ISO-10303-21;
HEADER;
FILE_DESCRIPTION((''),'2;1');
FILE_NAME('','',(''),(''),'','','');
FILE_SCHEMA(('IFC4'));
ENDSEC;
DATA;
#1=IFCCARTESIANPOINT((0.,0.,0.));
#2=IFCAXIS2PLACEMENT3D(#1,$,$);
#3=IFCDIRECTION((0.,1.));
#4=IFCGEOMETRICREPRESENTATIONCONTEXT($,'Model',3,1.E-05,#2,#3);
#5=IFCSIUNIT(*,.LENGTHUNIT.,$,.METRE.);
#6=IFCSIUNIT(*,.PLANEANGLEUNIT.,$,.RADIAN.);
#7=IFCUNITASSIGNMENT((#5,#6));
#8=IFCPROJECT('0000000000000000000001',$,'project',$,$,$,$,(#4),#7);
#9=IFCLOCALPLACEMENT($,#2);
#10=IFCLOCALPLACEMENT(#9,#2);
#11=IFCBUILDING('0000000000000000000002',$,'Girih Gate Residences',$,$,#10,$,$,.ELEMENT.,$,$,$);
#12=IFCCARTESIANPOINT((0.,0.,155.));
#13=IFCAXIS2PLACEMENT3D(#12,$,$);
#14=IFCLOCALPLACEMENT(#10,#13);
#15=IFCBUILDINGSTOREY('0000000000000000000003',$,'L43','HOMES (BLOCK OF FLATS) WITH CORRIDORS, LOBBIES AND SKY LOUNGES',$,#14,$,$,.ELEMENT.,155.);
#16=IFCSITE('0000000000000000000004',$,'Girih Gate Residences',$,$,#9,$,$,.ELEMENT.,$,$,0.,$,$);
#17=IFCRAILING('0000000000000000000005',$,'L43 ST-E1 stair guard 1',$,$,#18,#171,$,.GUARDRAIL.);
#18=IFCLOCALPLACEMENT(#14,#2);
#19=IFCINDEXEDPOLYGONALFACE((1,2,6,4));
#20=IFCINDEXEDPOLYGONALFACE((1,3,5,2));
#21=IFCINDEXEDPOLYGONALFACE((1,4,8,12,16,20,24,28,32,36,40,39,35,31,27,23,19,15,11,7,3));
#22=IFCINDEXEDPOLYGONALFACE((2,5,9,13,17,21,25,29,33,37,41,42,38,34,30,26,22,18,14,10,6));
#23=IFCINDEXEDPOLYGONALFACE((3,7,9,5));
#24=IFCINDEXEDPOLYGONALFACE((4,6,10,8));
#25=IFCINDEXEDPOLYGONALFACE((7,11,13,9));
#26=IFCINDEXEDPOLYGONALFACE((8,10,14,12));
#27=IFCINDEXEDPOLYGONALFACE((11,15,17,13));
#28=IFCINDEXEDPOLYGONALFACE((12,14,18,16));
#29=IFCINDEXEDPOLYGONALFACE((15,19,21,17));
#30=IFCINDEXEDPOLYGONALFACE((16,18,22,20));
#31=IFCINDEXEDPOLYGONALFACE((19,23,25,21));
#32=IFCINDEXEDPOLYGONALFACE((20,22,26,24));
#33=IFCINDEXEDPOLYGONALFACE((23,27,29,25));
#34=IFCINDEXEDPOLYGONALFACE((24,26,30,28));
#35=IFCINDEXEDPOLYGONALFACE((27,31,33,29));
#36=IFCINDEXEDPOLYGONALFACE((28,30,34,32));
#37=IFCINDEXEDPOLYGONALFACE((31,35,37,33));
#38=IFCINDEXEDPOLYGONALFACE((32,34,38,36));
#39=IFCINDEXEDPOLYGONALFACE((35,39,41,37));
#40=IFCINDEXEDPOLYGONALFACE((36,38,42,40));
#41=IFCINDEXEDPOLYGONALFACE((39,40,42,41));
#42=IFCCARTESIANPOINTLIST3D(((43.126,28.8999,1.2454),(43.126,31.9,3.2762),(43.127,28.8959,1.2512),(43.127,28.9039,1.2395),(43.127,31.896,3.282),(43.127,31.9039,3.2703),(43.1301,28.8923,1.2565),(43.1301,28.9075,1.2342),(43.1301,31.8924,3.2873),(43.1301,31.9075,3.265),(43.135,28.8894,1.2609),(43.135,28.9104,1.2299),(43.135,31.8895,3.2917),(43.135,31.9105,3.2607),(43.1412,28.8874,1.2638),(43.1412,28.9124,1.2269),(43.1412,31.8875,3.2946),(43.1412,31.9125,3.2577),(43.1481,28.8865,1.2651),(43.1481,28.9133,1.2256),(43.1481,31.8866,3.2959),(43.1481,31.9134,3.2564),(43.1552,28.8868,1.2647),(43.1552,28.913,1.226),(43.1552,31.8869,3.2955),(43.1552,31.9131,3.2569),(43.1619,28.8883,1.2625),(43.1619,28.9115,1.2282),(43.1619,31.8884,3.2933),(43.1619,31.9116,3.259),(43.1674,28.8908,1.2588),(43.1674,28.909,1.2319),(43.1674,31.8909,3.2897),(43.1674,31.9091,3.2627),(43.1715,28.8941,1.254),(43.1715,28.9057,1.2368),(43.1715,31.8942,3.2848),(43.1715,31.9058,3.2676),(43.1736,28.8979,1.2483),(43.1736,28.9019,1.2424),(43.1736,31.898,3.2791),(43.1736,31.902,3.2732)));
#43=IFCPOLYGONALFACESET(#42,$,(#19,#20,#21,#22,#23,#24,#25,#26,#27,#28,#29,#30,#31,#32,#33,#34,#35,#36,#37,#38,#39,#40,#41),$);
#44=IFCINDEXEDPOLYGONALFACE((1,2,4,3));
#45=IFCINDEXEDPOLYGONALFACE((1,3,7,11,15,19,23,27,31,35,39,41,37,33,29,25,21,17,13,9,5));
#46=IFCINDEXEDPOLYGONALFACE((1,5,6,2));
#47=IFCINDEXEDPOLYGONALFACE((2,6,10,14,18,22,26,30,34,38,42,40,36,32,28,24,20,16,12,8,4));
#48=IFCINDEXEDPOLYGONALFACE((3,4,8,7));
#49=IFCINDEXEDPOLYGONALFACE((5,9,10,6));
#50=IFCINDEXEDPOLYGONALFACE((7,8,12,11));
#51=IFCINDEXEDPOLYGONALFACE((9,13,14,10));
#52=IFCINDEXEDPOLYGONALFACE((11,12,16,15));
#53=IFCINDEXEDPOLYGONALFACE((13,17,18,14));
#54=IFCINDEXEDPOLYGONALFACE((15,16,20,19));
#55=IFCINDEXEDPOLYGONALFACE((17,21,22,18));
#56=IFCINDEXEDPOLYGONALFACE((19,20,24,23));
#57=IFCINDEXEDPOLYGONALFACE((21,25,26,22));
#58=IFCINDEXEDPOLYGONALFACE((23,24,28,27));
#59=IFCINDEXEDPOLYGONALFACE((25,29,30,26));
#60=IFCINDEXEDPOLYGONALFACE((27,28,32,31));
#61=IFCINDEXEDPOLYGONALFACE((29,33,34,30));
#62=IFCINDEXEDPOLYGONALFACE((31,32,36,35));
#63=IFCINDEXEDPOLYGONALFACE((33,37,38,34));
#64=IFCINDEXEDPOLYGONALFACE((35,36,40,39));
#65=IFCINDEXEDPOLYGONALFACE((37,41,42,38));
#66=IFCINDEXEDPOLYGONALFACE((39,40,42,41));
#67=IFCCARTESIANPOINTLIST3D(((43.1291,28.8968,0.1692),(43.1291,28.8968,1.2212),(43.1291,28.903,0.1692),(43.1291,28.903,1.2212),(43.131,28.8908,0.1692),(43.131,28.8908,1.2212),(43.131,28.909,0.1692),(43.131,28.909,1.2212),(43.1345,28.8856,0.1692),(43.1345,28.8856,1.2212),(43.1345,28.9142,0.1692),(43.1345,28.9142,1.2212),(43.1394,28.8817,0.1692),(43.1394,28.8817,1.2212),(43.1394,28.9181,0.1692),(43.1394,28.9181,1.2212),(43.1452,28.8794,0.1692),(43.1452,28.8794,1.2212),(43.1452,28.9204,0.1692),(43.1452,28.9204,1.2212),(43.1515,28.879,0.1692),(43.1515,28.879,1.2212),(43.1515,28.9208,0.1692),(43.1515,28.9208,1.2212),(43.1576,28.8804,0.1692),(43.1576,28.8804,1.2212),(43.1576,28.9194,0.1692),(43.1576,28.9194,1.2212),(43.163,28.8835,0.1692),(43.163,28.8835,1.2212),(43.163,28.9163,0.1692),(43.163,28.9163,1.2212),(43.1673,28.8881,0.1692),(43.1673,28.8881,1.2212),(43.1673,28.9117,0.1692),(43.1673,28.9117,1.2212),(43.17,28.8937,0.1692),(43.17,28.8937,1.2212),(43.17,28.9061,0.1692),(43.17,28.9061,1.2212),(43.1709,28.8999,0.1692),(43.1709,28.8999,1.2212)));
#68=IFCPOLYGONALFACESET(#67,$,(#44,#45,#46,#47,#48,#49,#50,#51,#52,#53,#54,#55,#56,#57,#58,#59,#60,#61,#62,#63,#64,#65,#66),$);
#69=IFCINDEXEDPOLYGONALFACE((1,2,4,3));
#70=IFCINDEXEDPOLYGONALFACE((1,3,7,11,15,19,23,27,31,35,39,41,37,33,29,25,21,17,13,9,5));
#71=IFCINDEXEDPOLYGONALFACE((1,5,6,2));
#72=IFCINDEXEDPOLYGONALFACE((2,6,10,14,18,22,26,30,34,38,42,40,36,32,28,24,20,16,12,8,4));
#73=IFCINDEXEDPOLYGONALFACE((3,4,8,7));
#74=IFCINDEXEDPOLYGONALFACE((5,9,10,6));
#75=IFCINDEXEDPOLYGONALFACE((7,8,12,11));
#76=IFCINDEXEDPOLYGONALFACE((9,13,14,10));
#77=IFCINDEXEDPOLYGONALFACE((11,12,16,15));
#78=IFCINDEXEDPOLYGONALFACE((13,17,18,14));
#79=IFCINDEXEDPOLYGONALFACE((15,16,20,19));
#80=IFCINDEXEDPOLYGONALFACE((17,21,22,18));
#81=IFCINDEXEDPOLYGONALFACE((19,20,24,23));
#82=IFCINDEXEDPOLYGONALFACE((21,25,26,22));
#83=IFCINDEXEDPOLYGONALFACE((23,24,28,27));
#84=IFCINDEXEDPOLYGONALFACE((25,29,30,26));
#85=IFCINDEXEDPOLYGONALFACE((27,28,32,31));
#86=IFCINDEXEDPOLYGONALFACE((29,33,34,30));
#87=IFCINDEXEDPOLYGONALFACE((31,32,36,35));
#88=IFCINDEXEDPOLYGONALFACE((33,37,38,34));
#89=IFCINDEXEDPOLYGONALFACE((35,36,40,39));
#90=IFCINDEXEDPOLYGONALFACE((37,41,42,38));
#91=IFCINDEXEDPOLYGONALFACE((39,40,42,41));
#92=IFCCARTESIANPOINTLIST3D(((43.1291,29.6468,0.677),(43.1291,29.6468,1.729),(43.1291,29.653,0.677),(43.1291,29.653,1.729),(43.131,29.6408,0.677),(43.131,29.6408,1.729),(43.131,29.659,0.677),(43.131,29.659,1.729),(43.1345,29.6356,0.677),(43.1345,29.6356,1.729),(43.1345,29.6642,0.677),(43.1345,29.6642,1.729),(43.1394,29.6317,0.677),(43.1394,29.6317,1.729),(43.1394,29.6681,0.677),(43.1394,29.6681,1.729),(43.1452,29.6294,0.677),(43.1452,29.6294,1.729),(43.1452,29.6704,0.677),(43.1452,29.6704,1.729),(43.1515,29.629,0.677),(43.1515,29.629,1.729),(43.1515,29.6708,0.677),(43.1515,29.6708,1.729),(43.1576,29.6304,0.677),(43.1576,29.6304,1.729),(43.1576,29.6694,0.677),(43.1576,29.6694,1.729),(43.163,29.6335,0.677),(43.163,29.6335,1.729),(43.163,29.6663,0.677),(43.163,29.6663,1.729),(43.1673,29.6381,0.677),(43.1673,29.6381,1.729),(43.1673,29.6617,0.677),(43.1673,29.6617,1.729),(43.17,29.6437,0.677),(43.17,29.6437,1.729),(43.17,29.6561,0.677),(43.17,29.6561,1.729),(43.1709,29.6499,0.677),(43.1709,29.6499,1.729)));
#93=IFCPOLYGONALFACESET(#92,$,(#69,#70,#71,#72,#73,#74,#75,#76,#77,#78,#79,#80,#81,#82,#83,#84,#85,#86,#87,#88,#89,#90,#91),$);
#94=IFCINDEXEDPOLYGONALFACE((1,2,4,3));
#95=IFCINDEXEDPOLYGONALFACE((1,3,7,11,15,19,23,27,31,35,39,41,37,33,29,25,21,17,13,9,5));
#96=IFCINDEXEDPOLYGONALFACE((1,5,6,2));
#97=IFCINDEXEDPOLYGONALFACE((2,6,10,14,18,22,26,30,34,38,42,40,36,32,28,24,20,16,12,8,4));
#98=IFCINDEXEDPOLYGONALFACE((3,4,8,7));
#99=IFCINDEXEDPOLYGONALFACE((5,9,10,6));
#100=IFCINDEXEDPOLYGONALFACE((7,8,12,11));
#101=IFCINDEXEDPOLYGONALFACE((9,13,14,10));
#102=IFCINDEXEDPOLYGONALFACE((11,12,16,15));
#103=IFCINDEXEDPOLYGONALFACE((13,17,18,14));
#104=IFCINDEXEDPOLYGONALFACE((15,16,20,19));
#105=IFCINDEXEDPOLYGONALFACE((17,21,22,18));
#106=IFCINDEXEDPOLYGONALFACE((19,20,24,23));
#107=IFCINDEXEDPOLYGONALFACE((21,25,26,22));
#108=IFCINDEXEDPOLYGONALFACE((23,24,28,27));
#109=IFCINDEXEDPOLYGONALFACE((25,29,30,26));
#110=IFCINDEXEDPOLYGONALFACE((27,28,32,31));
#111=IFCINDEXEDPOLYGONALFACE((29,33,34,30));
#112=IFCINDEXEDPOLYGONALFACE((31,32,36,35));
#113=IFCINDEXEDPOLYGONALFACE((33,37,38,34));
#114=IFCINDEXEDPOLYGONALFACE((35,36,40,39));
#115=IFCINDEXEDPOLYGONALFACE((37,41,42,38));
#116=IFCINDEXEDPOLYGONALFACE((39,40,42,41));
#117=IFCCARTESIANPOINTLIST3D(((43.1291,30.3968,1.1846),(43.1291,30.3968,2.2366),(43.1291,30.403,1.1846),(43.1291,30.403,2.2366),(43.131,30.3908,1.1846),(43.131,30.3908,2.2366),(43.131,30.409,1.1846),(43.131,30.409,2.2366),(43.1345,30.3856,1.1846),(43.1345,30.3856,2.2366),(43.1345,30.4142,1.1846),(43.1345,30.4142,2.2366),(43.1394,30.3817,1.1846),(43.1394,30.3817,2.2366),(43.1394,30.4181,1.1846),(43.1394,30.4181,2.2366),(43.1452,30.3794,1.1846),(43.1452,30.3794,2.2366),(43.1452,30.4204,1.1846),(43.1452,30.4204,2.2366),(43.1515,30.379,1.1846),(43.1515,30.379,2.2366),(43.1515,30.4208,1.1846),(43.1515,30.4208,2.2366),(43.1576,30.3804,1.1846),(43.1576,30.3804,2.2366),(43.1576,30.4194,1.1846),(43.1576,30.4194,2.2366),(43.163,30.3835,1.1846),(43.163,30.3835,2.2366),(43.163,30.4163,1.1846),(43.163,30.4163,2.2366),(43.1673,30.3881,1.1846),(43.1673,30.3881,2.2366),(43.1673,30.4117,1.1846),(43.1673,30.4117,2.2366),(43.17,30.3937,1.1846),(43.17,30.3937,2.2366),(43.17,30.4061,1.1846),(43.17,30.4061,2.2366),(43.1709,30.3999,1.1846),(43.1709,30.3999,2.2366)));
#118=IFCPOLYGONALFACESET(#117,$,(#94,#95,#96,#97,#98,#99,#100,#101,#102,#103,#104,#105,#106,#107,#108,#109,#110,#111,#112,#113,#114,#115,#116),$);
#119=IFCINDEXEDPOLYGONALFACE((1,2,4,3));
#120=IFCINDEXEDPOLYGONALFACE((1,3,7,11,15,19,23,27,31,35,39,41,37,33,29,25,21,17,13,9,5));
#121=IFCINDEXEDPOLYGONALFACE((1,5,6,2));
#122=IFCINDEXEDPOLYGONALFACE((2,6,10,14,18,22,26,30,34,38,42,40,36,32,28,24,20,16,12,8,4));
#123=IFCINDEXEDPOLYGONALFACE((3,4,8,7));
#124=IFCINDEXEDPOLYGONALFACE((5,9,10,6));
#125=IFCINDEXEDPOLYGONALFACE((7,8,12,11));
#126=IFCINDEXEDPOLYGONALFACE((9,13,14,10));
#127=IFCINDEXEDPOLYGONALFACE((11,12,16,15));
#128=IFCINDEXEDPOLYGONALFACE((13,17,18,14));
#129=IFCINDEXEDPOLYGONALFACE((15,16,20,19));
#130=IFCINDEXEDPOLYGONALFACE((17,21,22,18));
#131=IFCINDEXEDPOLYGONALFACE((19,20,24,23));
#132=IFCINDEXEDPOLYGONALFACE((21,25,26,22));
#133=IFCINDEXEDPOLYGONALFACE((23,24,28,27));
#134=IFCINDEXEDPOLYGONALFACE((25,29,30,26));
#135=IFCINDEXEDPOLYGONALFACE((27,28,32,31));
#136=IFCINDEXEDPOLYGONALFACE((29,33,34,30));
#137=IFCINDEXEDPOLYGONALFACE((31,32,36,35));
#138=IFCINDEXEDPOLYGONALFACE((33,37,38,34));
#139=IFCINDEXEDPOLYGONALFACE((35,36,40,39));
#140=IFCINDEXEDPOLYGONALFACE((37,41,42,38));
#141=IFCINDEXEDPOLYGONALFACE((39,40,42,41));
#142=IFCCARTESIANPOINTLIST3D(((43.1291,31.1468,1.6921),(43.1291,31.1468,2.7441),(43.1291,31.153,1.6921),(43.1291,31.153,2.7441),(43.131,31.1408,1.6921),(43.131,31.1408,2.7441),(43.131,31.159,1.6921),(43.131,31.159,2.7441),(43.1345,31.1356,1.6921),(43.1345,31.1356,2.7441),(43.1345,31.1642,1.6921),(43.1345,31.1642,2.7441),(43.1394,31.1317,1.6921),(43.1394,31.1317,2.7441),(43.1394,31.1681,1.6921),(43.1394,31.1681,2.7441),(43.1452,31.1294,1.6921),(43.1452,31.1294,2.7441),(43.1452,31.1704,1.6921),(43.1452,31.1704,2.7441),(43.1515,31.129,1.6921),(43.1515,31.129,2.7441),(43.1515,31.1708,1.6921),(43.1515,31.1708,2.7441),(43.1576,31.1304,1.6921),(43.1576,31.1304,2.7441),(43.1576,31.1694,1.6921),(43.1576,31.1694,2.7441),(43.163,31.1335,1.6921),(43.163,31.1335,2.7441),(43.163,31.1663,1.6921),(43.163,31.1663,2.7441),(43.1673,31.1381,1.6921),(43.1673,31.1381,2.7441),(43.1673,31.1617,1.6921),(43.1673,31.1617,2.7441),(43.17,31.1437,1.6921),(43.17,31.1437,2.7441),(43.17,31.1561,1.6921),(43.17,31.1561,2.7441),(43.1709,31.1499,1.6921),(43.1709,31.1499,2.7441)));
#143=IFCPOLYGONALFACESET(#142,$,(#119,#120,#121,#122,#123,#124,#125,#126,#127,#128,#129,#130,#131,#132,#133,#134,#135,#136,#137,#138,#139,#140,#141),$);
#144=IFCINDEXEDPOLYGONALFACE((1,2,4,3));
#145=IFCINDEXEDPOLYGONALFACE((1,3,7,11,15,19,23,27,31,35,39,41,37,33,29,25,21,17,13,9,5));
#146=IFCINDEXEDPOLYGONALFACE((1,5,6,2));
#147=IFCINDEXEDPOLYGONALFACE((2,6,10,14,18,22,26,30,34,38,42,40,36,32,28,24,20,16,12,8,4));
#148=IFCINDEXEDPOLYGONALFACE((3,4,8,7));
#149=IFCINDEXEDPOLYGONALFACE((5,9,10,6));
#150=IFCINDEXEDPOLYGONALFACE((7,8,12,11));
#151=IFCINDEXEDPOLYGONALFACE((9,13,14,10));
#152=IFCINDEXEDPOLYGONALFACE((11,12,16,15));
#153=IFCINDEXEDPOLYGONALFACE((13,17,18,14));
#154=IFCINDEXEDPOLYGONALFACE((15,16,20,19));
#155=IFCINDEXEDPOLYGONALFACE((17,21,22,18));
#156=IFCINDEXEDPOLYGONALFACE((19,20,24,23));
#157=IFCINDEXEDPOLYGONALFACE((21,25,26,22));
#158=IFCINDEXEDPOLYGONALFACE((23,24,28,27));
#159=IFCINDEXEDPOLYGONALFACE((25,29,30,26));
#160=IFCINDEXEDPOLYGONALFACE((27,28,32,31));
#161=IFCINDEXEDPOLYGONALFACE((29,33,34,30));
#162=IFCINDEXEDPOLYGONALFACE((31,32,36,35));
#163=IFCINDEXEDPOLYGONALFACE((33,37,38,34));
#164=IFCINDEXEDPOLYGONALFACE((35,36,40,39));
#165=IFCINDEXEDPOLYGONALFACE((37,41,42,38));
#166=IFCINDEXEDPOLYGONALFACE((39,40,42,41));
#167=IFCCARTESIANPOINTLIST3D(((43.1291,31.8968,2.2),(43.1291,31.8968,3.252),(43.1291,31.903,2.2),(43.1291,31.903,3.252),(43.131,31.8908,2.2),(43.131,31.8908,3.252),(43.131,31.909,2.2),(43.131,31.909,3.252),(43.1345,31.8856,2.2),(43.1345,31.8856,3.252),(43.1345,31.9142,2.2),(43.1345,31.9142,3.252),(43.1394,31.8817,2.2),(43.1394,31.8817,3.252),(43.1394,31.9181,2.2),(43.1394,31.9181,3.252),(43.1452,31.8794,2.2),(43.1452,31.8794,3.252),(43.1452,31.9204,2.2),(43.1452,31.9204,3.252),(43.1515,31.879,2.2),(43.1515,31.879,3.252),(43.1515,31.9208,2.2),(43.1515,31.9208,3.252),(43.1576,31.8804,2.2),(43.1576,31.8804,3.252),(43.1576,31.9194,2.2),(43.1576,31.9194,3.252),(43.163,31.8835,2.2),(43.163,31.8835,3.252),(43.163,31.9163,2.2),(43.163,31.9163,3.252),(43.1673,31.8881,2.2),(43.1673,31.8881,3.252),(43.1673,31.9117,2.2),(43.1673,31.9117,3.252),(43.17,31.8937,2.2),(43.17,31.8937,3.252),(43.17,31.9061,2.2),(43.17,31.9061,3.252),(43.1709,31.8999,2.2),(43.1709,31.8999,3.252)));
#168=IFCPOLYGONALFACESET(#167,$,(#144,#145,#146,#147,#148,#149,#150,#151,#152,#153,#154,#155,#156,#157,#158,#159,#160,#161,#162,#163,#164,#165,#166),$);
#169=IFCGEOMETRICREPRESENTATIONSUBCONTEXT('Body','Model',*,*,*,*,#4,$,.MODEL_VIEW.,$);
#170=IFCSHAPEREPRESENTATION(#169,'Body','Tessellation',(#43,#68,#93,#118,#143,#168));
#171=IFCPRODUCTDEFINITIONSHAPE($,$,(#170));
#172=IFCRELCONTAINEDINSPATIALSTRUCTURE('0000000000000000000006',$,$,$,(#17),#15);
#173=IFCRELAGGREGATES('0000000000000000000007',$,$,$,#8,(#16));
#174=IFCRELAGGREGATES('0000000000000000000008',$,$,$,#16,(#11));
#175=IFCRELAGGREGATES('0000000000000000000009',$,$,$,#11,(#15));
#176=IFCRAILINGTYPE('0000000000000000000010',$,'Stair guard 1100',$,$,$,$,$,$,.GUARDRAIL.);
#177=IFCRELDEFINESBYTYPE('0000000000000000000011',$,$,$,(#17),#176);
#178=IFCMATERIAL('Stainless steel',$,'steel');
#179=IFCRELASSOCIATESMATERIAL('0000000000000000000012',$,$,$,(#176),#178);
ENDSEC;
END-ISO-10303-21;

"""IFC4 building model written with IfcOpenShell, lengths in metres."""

from ifc_helpers import new_model, si_unit, direction, frame, origin, origin_2d, place, context, subcontext, project, spatial, circle, extrude, material, type_object, element, save


model = new_model("IFC4")

# Units and contexts
model_context = context("Model", 3, precision=1e-05, world=origin(), true_north=direction((0.0, 1.0)))
body_context = subcontext(model_context, "Body", "Model", "MODEL_VIEW")
ifc_project = project(units=[si_unit("LENGTHUNIT", "METRE"), si_unit("PLANEANGLEUNIT", "RADIAN")], contexts=[model_context])

# Site, building, storey
site_placement = place(None, origin())
site = spatial("IfcSite", under=ifc_project, at=site_placement, Name="Girih Gate Residences", CompositionType="ELEMENT", RefElevation=0.0)
building_placement = place(site_placement, origin())
building = spatial("IfcBuilding", under=site, at=building_placement, Name="Girih Gate Residences", CompositionType="ELEMENT")
storey_placement = place(building_placement, frame((0.0, 0.0, 155.0)))
storey = spatial("IfcBuildingStorey", under=building, at=storey_placement, Name="L43", Description="HOMES (BLOCK OF FLATS) WITH CORRIDORS, LOBBIES AND SKY LOUNGES", CompositionType="ELEMENT", Elevation=155.0)

# Railing
ifc_material_1 = material(Name="Stainless steel", Category="steel")
railing_type_1 = type_object("IfcRailingType", Name="Stair guard 1100", PredefinedType="GUARDRAIL", material=ifc_material_1)
railing_1_placement = place(storey_placement, frame((43.1499, 28.8999, 0.1692)))
element("IfcRailing", 1, at=railing_1_placement, inside=storey, type_object=railing_type_1, Name="L43 ST-E1 stair guard 1", PredefinedType="GUARDRAIL", context=body_context, shape_type="SweptSolid", body=[
    extrude(circle(Radius=0.0239, at=origin_2d()), frame((0.0, 0.0, 1.0762), z_axis=(0.0, 0.82811, 0.560565), x_axis=(-1.0, 0.0, 0.0)), (0.0, 0.0, 1.0), 3.6228),
    extrude(circle(Radius=0.021, at=origin_2d()), origin(), (0.0, 0.0, 1.0), 1.052),
    extrude(circle(Radius=0.021, at=origin_2d()), frame((0.0, 0.75, 0.5078)), (0.0, 0.0, 1.0), 1.052),
    extrude(circle(Radius=0.021, at=origin_2d()), frame((0.0, 1.5, 1.0154)), (0.0, 0.0, 1.0), 1.052),
    extrude(circle(Radius=0.021, at=origin_2d()), frame((0.0, 2.25, 1.5229)), (0.0, 0.0, 1.0), 1.052),
    extrude(circle(Radius=0.021, at=origin_2d()), frame((0.0, 3.0, 2.0308)), (0.0, 0.0, 1.0), 1.052),
])

save(model, "model.ifc")
